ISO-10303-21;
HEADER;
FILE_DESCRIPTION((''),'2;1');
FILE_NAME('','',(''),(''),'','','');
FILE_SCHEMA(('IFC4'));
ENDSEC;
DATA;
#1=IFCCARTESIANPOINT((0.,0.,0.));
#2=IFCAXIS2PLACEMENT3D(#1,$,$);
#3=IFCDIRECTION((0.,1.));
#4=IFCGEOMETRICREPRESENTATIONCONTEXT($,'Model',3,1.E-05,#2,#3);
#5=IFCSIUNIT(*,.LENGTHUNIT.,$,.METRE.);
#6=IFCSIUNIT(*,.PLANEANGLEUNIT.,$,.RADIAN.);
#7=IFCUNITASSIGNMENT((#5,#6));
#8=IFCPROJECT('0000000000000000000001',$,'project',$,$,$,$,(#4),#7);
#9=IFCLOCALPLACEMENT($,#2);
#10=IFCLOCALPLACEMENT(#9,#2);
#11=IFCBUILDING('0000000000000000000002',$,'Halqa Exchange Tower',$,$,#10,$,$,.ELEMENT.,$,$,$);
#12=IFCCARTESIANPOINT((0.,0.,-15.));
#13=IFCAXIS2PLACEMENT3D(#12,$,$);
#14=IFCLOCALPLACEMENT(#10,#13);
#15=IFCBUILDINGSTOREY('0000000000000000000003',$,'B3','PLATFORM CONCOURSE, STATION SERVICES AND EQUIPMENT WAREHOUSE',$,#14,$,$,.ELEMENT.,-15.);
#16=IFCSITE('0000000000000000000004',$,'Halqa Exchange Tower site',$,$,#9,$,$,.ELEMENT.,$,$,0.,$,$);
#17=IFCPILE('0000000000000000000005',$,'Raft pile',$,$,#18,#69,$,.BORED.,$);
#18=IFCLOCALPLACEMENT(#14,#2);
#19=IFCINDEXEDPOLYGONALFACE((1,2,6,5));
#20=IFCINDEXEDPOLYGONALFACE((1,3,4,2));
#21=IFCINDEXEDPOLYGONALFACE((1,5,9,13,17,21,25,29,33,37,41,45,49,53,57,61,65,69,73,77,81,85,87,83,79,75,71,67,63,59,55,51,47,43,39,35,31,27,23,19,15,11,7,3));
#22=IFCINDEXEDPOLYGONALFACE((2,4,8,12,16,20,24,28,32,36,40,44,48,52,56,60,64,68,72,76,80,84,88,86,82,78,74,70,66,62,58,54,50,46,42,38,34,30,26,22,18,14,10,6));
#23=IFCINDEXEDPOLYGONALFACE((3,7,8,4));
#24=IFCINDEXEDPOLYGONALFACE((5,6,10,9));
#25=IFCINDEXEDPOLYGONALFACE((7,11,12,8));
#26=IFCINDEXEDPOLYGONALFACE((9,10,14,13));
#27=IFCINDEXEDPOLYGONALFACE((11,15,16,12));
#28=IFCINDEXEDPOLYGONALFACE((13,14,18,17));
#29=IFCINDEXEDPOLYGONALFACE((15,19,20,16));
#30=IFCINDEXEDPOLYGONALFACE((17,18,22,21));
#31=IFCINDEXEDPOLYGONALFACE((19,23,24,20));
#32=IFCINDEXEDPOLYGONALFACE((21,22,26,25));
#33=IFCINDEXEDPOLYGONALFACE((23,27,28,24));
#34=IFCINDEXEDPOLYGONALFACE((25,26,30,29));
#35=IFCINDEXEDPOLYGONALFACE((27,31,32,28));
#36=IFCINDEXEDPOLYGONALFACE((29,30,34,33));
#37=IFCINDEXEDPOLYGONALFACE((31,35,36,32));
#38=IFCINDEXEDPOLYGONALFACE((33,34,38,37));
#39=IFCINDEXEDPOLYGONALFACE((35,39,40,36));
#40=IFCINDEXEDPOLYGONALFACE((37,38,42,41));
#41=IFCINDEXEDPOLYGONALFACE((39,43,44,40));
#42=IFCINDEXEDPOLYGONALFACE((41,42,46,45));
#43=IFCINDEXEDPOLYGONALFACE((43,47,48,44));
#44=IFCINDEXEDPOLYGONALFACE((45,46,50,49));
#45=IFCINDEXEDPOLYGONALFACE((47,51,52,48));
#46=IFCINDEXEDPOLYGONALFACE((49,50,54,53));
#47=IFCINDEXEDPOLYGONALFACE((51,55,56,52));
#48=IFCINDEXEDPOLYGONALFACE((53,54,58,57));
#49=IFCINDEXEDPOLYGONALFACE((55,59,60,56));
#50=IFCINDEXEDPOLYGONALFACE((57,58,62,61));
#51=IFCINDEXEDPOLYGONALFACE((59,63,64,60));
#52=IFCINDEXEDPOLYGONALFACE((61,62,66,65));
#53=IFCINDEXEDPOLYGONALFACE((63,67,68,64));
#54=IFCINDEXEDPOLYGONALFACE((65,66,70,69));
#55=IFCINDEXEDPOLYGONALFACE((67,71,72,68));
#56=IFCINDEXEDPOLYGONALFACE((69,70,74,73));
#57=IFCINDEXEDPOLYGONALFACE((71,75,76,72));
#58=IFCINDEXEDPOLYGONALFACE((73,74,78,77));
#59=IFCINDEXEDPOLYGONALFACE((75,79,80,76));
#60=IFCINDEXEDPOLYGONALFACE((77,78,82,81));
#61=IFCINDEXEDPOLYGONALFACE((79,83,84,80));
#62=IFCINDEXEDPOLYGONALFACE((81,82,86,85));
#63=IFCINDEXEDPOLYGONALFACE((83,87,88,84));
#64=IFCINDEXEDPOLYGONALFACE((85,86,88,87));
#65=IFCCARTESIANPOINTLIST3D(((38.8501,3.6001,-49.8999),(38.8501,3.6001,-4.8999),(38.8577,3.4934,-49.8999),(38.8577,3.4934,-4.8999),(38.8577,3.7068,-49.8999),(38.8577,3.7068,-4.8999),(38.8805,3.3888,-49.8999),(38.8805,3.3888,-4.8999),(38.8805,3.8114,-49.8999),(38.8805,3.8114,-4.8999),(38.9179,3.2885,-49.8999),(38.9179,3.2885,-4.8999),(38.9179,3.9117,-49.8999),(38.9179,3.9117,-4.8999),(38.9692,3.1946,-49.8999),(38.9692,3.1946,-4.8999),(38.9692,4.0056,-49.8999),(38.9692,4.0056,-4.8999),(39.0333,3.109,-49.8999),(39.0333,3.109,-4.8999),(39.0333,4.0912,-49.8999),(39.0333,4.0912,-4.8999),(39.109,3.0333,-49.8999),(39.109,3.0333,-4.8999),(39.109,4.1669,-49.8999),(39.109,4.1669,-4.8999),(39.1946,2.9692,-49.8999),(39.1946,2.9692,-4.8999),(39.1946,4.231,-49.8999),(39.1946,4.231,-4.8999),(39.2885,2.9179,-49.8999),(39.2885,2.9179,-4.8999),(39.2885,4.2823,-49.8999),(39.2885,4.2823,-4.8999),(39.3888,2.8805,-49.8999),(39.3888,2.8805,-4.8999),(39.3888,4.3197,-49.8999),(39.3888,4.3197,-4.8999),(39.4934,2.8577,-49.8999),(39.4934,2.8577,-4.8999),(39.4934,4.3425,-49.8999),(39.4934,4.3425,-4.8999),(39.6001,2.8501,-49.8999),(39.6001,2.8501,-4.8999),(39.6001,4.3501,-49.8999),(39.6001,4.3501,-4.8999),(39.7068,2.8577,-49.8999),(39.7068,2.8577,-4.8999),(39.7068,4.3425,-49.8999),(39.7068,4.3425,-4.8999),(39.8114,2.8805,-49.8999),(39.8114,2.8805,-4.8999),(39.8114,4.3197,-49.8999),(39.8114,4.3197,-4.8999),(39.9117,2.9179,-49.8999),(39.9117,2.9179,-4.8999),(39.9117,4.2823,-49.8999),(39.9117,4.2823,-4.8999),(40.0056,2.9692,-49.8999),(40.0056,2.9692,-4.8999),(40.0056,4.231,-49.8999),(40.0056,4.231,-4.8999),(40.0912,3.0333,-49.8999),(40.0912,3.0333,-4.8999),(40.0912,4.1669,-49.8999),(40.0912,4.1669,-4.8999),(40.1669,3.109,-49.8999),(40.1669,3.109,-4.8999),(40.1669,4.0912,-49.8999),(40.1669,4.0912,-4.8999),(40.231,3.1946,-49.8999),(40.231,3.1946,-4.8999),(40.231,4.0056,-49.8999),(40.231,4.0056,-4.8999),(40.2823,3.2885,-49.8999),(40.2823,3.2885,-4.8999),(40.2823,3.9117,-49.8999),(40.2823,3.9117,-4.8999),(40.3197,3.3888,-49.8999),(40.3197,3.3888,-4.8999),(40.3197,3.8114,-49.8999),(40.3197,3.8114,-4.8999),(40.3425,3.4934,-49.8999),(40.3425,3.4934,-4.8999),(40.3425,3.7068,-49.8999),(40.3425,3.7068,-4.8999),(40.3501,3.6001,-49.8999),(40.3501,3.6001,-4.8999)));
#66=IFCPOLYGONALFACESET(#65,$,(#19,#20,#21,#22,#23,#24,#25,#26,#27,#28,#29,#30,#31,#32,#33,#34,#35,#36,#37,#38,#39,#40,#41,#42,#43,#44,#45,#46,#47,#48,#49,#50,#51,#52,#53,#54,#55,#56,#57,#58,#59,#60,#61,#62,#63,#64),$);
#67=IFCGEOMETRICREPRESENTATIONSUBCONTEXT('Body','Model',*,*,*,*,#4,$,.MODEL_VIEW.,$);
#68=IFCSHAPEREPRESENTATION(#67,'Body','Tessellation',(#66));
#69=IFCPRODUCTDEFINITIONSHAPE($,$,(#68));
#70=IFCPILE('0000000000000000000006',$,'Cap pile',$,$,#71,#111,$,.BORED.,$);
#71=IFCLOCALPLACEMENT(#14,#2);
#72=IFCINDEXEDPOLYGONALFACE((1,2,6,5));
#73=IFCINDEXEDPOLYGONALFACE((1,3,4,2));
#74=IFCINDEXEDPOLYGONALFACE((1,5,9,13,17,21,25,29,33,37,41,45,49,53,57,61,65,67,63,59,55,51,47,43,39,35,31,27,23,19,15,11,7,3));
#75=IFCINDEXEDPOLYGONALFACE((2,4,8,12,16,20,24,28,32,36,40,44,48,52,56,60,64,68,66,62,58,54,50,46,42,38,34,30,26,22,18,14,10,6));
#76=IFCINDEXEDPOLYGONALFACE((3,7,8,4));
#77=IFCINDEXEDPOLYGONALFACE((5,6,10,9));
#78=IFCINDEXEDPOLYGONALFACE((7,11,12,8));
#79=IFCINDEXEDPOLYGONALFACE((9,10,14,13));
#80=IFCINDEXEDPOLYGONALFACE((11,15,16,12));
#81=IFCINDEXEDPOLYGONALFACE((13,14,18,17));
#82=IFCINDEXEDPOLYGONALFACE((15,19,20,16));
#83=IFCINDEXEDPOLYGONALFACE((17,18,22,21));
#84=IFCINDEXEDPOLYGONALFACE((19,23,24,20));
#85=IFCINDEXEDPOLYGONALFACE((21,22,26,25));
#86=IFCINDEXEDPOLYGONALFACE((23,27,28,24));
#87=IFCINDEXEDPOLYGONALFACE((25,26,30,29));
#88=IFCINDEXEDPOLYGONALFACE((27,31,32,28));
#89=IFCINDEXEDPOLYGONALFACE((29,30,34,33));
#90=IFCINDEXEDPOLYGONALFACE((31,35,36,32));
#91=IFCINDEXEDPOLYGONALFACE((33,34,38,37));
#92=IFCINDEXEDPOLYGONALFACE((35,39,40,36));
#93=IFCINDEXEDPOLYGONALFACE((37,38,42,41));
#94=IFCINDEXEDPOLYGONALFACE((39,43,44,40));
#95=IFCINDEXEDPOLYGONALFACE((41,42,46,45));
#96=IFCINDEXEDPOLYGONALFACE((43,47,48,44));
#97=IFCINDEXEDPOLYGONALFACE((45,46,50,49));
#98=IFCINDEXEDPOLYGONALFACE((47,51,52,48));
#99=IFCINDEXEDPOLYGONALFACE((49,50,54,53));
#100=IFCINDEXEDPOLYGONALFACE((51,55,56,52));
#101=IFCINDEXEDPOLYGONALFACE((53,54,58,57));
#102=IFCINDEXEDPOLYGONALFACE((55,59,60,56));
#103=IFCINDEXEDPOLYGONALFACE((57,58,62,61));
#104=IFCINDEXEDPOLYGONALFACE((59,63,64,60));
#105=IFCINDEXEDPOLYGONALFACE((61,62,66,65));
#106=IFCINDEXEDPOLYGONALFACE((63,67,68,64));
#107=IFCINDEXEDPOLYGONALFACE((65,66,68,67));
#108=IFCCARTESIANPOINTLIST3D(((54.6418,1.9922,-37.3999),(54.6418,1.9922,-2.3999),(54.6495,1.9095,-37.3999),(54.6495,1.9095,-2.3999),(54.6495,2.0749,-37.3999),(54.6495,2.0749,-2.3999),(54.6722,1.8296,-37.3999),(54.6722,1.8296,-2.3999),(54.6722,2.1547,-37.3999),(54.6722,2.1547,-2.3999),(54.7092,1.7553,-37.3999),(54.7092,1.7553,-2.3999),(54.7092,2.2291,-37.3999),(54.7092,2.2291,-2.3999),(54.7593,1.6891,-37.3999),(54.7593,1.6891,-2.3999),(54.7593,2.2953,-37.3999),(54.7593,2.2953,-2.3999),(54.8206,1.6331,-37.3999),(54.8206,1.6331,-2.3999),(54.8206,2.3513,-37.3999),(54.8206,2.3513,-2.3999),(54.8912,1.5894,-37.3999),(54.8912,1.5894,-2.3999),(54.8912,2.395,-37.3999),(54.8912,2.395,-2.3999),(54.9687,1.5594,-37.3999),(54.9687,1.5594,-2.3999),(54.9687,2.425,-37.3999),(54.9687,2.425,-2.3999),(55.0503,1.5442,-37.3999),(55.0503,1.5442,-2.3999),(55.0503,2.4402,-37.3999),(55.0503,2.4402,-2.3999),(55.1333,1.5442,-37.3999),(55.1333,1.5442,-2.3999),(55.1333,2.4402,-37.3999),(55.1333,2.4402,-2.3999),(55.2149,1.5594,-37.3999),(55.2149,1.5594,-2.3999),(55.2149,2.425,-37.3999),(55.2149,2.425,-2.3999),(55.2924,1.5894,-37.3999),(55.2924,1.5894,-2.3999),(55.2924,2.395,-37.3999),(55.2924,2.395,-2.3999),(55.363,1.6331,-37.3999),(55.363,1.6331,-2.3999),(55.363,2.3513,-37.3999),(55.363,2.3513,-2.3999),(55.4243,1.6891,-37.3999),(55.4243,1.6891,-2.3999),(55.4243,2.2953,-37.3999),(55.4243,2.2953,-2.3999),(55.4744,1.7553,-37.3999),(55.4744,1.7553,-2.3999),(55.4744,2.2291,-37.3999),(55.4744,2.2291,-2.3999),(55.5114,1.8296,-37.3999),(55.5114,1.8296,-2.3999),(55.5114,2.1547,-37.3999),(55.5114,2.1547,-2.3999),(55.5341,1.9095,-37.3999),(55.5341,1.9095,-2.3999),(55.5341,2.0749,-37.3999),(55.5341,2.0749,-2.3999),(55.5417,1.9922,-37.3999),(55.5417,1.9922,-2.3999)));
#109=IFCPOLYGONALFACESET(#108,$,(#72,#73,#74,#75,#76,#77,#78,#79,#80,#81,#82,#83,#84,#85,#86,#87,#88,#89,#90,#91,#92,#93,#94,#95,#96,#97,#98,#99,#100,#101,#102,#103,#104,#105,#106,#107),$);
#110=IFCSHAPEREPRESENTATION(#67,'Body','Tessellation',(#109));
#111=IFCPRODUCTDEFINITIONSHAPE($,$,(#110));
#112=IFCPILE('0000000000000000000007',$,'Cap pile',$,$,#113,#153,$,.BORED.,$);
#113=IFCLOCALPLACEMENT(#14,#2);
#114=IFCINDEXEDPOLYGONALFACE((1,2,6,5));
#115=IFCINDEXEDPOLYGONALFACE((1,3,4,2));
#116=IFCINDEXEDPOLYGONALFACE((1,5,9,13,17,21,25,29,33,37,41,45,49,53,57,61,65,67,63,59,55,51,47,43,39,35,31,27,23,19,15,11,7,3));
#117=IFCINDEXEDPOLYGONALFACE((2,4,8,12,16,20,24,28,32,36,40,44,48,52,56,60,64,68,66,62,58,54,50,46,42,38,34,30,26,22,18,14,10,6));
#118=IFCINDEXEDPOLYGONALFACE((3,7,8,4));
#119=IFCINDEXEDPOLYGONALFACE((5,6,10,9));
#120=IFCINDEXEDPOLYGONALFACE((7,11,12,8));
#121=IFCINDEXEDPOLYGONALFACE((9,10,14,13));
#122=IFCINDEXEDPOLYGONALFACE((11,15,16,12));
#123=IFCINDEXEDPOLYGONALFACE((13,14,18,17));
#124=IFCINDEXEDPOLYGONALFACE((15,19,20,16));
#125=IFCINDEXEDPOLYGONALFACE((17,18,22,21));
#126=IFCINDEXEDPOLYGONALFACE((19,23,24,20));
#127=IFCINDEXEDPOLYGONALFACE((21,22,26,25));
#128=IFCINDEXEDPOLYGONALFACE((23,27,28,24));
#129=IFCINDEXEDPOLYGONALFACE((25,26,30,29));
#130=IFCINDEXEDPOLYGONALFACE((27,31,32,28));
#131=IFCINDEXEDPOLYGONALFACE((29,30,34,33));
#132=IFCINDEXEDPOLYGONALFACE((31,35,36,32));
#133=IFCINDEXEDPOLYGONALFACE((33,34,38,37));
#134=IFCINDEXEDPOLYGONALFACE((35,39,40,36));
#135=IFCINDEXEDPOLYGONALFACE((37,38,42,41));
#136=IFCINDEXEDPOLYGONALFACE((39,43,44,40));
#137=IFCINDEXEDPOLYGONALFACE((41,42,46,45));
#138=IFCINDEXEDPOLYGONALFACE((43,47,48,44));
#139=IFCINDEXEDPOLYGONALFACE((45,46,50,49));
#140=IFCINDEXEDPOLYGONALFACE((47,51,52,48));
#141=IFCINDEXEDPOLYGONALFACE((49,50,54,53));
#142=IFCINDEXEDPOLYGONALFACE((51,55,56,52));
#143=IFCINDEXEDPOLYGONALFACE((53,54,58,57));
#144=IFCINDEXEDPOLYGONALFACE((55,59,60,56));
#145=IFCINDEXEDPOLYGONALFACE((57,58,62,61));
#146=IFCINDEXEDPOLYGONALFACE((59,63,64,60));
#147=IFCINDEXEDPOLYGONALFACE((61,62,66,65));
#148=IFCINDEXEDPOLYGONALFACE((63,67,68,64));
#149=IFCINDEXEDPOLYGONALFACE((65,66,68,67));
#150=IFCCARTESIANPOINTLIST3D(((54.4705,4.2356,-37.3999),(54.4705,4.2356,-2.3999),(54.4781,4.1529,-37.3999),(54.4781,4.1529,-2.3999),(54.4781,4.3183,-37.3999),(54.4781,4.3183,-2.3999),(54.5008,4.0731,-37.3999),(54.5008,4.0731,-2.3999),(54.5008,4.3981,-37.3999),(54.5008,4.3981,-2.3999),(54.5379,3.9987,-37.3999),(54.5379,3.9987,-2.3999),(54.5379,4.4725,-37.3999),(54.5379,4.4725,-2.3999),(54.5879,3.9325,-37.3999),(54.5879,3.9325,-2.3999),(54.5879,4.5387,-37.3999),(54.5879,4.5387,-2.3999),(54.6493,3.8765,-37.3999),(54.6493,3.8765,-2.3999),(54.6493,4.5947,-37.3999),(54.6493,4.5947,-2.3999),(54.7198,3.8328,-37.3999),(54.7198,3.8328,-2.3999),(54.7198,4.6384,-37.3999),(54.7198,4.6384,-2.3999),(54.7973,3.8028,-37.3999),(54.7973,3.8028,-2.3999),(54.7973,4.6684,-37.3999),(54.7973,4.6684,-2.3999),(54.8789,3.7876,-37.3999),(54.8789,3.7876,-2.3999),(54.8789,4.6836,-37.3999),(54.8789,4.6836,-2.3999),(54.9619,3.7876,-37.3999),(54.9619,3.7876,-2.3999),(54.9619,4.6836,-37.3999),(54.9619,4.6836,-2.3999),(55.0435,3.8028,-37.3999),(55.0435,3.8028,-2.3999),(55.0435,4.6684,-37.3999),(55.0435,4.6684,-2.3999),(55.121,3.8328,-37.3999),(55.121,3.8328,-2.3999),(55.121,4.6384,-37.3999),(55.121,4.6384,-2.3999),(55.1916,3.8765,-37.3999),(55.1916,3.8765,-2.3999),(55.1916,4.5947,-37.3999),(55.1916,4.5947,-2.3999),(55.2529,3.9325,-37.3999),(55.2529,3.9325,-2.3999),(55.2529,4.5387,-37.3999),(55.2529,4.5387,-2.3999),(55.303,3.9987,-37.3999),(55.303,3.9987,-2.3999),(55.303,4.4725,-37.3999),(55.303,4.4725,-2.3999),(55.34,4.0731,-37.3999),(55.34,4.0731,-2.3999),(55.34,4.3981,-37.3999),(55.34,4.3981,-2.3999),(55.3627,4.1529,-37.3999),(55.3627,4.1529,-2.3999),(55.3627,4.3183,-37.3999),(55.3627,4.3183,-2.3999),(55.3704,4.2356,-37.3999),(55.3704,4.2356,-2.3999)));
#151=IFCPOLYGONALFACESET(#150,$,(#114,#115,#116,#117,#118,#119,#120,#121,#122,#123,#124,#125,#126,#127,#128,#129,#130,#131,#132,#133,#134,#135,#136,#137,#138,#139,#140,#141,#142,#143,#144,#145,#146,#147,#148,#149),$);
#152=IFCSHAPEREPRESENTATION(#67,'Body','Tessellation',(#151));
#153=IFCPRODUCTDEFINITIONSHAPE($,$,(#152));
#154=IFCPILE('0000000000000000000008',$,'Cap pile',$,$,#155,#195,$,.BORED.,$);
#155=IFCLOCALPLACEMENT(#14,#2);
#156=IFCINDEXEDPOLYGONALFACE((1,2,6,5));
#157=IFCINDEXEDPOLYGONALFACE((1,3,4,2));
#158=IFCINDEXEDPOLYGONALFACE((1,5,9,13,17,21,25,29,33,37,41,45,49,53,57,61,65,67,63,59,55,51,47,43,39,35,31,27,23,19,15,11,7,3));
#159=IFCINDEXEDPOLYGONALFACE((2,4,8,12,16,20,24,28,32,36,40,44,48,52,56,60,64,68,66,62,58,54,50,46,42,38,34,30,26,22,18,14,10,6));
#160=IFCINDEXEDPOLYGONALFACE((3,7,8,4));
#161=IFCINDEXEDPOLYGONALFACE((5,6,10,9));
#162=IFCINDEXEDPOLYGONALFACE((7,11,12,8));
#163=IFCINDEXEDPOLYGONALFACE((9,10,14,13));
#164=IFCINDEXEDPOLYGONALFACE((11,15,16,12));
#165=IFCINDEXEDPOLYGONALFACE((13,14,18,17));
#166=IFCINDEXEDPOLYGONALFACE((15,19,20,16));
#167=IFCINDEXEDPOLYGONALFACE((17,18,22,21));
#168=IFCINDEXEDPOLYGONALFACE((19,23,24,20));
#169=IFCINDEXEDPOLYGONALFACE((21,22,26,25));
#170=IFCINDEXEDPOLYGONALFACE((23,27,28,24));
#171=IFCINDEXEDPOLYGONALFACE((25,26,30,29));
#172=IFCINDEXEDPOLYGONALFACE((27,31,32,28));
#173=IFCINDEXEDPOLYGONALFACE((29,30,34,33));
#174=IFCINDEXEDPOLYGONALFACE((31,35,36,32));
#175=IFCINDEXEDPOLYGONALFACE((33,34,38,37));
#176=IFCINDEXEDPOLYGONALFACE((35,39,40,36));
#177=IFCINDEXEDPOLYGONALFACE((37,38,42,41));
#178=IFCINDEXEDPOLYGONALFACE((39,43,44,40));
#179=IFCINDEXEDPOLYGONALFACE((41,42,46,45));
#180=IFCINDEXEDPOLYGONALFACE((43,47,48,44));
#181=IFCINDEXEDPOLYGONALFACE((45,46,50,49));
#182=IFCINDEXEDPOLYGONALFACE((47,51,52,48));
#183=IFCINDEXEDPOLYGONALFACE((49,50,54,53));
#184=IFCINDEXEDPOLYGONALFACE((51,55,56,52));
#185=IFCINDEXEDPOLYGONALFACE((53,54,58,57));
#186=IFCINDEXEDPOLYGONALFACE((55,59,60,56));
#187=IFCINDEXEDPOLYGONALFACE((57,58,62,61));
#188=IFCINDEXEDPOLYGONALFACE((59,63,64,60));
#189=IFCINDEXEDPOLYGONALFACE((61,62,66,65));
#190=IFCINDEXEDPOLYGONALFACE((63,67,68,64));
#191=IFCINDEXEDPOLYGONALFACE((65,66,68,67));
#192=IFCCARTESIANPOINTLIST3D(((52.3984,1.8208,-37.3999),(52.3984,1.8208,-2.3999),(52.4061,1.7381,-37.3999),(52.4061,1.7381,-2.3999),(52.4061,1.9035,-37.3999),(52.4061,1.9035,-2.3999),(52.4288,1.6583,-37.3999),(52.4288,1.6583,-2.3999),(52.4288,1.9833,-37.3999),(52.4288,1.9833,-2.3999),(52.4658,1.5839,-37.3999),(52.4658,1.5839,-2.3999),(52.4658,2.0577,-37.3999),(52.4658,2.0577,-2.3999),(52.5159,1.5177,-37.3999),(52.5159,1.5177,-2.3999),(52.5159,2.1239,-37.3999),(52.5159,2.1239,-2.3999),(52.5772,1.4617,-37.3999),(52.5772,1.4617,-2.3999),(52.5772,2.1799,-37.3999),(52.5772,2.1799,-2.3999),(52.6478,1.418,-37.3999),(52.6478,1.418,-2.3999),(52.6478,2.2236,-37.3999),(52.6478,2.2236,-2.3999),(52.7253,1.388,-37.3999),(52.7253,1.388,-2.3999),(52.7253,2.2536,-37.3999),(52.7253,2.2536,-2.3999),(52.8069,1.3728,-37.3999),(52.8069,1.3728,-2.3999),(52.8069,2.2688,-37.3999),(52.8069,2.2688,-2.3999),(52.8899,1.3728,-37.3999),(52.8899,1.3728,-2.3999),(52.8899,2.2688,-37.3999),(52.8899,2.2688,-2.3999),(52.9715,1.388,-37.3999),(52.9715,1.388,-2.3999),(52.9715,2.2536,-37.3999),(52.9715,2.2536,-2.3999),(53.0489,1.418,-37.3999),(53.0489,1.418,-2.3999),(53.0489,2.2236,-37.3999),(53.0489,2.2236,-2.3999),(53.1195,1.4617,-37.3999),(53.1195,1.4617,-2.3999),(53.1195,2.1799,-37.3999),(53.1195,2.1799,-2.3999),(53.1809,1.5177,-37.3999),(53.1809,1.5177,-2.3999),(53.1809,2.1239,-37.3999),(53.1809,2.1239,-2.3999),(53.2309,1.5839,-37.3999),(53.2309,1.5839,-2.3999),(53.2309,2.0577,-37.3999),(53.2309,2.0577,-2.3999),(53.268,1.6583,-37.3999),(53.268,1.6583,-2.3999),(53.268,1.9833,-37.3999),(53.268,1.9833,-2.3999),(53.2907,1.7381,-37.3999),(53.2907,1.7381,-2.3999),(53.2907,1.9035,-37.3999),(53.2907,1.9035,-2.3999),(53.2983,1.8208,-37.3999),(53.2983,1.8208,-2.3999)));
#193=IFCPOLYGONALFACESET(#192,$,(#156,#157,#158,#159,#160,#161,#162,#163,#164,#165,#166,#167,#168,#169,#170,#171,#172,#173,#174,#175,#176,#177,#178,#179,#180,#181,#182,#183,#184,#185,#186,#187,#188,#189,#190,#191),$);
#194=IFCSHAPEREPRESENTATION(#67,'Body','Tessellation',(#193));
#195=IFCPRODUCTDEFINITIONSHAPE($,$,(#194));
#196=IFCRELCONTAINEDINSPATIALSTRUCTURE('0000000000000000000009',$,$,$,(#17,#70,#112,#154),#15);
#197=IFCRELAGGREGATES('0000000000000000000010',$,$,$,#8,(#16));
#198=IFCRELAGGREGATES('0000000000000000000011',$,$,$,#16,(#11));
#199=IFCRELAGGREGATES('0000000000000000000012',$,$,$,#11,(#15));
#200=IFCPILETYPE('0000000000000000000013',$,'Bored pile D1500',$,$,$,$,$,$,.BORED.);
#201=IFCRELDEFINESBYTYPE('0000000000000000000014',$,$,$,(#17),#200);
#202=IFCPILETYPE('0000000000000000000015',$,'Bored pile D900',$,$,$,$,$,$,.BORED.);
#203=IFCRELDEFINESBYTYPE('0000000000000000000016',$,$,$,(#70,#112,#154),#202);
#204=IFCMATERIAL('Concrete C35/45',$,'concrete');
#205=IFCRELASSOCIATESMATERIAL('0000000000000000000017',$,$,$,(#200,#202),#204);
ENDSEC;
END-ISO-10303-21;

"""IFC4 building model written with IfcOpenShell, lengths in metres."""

from ifc_helpers import new_model, si_unit, direction, frame, origin, origin_2d, place, context, subcontext, project, spatial, circle, extrude, material, material_profile, profile_set, type_object, element, save


model = new_model("IFC4")

# Units and contexts
model_context = context("Model", 3, precision=1e-05, world=origin(), true_north=direction((0.0, 1.0)))
body_context = subcontext(model_context, "Body", "Model", "MODEL_VIEW")
ifc_project = project(units=[si_unit("LENGTHUNIT", "METRE"), si_unit("PLANEANGLEUNIT", "RADIAN")], contexts=[model_context])

# Site, building, storey
site_placement = place(None, origin())
site = spatial("IfcSite", under=ifc_project, at=site_placement, Name="Halqa Exchange Tower site", CompositionType="ELEMENT", RefElevation=0.0)
building_placement = place(site_placement, origin())
building = spatial("IfcBuilding", under=site, at=building_placement, Name="Halqa Exchange Tower", CompositionType="ELEMENT")
storey_placement = place(building_placement, frame((0.0, 0.0, -15.0)))
storey = spatial("IfcBuildingStorey", under=building, at=storey_placement, Name="B3", Description="PLATFORM CONCOURSE, STATION SERVICES AND EQUIPMENT WAREHOUSE", CompositionType="ELEMENT", Elevation=-15.0)

# Piles
ifc_material_1 = material(Name="Concrete C35/45", Category="concrete")
ifc_material_profile_1 = material_profile(ifc_material_1, circle(Radius=0.75, at=origin_2d()), Name="D1500")
ifc_profile_set_1 = profile_set([ifc_material_profile_1], Name="Concrete C35/45")
pile_type_1 = type_object("IfcPileType", Name="Bored pile D1500", PredefinedType="BORED", material=ifc_profile_set_1)
pile_placement = place(storey_placement, frame((39.6001, 3.6001, -4.8999), z_axis=(0.0, 0.0, -1.0), x_axis=(1.0, 0.0, 0.0)))
element("IfcPile", 1, at=pile_placement, inside=storey, type_object=pile_type_1, Name="Raft pile", PredefinedType="BORED", context=body_context, shape_type="SweptSolid", body=[
    extrude(circle(Radius=0.75, at=origin_2d()), origin(), (0.0, 0.0, 1.0), 45.0),
])
ifc_material_profile_2 = material_profile(ifc_material_1, circle(Radius=0.45, at=origin_2d()), Name="D900")
ifc_profile_set_2 = profile_set([ifc_material_profile_2], Name="Concrete C35/45")
pile_type_2 = type_object("IfcPileType", Name="Bored pile D900", PredefinedType="BORED", material=ifc_profile_set_2)
for number, where, z_axis, x_axis, name in (
    (2, (55.0918, 1.9922, -2.3999), (0.0, 0.0, -1.0), (1.0, 0.0, 0.0), "Cap pile"),
    (3, (54.9204, 4.2356, -2.3999), (0.0, 0.0, -1.0), (1.0, 0.0, 0.0), "Cap pile"),
    (4, (52.8484, 1.8208, -2.3999), (0.0, 0.0, -1.0), (1.0, 0.0, 0.0), "Cap pile"),
):
    element("IfcPile", number, at=place(storey_placement, frame(where, z_axis=z_axis, x_axis=x_axis)), inside=storey, type_object=pile_type_2, Name=name, PredefinedType="BORED", context=body_context, shape_type="SweptSolid", body=[
        extrude(circle(Radius=0.45, at=origin_2d()), origin(), (0.0, 0.0, 1.0), 35.0),
    ])

save(model, "model.ifc")
